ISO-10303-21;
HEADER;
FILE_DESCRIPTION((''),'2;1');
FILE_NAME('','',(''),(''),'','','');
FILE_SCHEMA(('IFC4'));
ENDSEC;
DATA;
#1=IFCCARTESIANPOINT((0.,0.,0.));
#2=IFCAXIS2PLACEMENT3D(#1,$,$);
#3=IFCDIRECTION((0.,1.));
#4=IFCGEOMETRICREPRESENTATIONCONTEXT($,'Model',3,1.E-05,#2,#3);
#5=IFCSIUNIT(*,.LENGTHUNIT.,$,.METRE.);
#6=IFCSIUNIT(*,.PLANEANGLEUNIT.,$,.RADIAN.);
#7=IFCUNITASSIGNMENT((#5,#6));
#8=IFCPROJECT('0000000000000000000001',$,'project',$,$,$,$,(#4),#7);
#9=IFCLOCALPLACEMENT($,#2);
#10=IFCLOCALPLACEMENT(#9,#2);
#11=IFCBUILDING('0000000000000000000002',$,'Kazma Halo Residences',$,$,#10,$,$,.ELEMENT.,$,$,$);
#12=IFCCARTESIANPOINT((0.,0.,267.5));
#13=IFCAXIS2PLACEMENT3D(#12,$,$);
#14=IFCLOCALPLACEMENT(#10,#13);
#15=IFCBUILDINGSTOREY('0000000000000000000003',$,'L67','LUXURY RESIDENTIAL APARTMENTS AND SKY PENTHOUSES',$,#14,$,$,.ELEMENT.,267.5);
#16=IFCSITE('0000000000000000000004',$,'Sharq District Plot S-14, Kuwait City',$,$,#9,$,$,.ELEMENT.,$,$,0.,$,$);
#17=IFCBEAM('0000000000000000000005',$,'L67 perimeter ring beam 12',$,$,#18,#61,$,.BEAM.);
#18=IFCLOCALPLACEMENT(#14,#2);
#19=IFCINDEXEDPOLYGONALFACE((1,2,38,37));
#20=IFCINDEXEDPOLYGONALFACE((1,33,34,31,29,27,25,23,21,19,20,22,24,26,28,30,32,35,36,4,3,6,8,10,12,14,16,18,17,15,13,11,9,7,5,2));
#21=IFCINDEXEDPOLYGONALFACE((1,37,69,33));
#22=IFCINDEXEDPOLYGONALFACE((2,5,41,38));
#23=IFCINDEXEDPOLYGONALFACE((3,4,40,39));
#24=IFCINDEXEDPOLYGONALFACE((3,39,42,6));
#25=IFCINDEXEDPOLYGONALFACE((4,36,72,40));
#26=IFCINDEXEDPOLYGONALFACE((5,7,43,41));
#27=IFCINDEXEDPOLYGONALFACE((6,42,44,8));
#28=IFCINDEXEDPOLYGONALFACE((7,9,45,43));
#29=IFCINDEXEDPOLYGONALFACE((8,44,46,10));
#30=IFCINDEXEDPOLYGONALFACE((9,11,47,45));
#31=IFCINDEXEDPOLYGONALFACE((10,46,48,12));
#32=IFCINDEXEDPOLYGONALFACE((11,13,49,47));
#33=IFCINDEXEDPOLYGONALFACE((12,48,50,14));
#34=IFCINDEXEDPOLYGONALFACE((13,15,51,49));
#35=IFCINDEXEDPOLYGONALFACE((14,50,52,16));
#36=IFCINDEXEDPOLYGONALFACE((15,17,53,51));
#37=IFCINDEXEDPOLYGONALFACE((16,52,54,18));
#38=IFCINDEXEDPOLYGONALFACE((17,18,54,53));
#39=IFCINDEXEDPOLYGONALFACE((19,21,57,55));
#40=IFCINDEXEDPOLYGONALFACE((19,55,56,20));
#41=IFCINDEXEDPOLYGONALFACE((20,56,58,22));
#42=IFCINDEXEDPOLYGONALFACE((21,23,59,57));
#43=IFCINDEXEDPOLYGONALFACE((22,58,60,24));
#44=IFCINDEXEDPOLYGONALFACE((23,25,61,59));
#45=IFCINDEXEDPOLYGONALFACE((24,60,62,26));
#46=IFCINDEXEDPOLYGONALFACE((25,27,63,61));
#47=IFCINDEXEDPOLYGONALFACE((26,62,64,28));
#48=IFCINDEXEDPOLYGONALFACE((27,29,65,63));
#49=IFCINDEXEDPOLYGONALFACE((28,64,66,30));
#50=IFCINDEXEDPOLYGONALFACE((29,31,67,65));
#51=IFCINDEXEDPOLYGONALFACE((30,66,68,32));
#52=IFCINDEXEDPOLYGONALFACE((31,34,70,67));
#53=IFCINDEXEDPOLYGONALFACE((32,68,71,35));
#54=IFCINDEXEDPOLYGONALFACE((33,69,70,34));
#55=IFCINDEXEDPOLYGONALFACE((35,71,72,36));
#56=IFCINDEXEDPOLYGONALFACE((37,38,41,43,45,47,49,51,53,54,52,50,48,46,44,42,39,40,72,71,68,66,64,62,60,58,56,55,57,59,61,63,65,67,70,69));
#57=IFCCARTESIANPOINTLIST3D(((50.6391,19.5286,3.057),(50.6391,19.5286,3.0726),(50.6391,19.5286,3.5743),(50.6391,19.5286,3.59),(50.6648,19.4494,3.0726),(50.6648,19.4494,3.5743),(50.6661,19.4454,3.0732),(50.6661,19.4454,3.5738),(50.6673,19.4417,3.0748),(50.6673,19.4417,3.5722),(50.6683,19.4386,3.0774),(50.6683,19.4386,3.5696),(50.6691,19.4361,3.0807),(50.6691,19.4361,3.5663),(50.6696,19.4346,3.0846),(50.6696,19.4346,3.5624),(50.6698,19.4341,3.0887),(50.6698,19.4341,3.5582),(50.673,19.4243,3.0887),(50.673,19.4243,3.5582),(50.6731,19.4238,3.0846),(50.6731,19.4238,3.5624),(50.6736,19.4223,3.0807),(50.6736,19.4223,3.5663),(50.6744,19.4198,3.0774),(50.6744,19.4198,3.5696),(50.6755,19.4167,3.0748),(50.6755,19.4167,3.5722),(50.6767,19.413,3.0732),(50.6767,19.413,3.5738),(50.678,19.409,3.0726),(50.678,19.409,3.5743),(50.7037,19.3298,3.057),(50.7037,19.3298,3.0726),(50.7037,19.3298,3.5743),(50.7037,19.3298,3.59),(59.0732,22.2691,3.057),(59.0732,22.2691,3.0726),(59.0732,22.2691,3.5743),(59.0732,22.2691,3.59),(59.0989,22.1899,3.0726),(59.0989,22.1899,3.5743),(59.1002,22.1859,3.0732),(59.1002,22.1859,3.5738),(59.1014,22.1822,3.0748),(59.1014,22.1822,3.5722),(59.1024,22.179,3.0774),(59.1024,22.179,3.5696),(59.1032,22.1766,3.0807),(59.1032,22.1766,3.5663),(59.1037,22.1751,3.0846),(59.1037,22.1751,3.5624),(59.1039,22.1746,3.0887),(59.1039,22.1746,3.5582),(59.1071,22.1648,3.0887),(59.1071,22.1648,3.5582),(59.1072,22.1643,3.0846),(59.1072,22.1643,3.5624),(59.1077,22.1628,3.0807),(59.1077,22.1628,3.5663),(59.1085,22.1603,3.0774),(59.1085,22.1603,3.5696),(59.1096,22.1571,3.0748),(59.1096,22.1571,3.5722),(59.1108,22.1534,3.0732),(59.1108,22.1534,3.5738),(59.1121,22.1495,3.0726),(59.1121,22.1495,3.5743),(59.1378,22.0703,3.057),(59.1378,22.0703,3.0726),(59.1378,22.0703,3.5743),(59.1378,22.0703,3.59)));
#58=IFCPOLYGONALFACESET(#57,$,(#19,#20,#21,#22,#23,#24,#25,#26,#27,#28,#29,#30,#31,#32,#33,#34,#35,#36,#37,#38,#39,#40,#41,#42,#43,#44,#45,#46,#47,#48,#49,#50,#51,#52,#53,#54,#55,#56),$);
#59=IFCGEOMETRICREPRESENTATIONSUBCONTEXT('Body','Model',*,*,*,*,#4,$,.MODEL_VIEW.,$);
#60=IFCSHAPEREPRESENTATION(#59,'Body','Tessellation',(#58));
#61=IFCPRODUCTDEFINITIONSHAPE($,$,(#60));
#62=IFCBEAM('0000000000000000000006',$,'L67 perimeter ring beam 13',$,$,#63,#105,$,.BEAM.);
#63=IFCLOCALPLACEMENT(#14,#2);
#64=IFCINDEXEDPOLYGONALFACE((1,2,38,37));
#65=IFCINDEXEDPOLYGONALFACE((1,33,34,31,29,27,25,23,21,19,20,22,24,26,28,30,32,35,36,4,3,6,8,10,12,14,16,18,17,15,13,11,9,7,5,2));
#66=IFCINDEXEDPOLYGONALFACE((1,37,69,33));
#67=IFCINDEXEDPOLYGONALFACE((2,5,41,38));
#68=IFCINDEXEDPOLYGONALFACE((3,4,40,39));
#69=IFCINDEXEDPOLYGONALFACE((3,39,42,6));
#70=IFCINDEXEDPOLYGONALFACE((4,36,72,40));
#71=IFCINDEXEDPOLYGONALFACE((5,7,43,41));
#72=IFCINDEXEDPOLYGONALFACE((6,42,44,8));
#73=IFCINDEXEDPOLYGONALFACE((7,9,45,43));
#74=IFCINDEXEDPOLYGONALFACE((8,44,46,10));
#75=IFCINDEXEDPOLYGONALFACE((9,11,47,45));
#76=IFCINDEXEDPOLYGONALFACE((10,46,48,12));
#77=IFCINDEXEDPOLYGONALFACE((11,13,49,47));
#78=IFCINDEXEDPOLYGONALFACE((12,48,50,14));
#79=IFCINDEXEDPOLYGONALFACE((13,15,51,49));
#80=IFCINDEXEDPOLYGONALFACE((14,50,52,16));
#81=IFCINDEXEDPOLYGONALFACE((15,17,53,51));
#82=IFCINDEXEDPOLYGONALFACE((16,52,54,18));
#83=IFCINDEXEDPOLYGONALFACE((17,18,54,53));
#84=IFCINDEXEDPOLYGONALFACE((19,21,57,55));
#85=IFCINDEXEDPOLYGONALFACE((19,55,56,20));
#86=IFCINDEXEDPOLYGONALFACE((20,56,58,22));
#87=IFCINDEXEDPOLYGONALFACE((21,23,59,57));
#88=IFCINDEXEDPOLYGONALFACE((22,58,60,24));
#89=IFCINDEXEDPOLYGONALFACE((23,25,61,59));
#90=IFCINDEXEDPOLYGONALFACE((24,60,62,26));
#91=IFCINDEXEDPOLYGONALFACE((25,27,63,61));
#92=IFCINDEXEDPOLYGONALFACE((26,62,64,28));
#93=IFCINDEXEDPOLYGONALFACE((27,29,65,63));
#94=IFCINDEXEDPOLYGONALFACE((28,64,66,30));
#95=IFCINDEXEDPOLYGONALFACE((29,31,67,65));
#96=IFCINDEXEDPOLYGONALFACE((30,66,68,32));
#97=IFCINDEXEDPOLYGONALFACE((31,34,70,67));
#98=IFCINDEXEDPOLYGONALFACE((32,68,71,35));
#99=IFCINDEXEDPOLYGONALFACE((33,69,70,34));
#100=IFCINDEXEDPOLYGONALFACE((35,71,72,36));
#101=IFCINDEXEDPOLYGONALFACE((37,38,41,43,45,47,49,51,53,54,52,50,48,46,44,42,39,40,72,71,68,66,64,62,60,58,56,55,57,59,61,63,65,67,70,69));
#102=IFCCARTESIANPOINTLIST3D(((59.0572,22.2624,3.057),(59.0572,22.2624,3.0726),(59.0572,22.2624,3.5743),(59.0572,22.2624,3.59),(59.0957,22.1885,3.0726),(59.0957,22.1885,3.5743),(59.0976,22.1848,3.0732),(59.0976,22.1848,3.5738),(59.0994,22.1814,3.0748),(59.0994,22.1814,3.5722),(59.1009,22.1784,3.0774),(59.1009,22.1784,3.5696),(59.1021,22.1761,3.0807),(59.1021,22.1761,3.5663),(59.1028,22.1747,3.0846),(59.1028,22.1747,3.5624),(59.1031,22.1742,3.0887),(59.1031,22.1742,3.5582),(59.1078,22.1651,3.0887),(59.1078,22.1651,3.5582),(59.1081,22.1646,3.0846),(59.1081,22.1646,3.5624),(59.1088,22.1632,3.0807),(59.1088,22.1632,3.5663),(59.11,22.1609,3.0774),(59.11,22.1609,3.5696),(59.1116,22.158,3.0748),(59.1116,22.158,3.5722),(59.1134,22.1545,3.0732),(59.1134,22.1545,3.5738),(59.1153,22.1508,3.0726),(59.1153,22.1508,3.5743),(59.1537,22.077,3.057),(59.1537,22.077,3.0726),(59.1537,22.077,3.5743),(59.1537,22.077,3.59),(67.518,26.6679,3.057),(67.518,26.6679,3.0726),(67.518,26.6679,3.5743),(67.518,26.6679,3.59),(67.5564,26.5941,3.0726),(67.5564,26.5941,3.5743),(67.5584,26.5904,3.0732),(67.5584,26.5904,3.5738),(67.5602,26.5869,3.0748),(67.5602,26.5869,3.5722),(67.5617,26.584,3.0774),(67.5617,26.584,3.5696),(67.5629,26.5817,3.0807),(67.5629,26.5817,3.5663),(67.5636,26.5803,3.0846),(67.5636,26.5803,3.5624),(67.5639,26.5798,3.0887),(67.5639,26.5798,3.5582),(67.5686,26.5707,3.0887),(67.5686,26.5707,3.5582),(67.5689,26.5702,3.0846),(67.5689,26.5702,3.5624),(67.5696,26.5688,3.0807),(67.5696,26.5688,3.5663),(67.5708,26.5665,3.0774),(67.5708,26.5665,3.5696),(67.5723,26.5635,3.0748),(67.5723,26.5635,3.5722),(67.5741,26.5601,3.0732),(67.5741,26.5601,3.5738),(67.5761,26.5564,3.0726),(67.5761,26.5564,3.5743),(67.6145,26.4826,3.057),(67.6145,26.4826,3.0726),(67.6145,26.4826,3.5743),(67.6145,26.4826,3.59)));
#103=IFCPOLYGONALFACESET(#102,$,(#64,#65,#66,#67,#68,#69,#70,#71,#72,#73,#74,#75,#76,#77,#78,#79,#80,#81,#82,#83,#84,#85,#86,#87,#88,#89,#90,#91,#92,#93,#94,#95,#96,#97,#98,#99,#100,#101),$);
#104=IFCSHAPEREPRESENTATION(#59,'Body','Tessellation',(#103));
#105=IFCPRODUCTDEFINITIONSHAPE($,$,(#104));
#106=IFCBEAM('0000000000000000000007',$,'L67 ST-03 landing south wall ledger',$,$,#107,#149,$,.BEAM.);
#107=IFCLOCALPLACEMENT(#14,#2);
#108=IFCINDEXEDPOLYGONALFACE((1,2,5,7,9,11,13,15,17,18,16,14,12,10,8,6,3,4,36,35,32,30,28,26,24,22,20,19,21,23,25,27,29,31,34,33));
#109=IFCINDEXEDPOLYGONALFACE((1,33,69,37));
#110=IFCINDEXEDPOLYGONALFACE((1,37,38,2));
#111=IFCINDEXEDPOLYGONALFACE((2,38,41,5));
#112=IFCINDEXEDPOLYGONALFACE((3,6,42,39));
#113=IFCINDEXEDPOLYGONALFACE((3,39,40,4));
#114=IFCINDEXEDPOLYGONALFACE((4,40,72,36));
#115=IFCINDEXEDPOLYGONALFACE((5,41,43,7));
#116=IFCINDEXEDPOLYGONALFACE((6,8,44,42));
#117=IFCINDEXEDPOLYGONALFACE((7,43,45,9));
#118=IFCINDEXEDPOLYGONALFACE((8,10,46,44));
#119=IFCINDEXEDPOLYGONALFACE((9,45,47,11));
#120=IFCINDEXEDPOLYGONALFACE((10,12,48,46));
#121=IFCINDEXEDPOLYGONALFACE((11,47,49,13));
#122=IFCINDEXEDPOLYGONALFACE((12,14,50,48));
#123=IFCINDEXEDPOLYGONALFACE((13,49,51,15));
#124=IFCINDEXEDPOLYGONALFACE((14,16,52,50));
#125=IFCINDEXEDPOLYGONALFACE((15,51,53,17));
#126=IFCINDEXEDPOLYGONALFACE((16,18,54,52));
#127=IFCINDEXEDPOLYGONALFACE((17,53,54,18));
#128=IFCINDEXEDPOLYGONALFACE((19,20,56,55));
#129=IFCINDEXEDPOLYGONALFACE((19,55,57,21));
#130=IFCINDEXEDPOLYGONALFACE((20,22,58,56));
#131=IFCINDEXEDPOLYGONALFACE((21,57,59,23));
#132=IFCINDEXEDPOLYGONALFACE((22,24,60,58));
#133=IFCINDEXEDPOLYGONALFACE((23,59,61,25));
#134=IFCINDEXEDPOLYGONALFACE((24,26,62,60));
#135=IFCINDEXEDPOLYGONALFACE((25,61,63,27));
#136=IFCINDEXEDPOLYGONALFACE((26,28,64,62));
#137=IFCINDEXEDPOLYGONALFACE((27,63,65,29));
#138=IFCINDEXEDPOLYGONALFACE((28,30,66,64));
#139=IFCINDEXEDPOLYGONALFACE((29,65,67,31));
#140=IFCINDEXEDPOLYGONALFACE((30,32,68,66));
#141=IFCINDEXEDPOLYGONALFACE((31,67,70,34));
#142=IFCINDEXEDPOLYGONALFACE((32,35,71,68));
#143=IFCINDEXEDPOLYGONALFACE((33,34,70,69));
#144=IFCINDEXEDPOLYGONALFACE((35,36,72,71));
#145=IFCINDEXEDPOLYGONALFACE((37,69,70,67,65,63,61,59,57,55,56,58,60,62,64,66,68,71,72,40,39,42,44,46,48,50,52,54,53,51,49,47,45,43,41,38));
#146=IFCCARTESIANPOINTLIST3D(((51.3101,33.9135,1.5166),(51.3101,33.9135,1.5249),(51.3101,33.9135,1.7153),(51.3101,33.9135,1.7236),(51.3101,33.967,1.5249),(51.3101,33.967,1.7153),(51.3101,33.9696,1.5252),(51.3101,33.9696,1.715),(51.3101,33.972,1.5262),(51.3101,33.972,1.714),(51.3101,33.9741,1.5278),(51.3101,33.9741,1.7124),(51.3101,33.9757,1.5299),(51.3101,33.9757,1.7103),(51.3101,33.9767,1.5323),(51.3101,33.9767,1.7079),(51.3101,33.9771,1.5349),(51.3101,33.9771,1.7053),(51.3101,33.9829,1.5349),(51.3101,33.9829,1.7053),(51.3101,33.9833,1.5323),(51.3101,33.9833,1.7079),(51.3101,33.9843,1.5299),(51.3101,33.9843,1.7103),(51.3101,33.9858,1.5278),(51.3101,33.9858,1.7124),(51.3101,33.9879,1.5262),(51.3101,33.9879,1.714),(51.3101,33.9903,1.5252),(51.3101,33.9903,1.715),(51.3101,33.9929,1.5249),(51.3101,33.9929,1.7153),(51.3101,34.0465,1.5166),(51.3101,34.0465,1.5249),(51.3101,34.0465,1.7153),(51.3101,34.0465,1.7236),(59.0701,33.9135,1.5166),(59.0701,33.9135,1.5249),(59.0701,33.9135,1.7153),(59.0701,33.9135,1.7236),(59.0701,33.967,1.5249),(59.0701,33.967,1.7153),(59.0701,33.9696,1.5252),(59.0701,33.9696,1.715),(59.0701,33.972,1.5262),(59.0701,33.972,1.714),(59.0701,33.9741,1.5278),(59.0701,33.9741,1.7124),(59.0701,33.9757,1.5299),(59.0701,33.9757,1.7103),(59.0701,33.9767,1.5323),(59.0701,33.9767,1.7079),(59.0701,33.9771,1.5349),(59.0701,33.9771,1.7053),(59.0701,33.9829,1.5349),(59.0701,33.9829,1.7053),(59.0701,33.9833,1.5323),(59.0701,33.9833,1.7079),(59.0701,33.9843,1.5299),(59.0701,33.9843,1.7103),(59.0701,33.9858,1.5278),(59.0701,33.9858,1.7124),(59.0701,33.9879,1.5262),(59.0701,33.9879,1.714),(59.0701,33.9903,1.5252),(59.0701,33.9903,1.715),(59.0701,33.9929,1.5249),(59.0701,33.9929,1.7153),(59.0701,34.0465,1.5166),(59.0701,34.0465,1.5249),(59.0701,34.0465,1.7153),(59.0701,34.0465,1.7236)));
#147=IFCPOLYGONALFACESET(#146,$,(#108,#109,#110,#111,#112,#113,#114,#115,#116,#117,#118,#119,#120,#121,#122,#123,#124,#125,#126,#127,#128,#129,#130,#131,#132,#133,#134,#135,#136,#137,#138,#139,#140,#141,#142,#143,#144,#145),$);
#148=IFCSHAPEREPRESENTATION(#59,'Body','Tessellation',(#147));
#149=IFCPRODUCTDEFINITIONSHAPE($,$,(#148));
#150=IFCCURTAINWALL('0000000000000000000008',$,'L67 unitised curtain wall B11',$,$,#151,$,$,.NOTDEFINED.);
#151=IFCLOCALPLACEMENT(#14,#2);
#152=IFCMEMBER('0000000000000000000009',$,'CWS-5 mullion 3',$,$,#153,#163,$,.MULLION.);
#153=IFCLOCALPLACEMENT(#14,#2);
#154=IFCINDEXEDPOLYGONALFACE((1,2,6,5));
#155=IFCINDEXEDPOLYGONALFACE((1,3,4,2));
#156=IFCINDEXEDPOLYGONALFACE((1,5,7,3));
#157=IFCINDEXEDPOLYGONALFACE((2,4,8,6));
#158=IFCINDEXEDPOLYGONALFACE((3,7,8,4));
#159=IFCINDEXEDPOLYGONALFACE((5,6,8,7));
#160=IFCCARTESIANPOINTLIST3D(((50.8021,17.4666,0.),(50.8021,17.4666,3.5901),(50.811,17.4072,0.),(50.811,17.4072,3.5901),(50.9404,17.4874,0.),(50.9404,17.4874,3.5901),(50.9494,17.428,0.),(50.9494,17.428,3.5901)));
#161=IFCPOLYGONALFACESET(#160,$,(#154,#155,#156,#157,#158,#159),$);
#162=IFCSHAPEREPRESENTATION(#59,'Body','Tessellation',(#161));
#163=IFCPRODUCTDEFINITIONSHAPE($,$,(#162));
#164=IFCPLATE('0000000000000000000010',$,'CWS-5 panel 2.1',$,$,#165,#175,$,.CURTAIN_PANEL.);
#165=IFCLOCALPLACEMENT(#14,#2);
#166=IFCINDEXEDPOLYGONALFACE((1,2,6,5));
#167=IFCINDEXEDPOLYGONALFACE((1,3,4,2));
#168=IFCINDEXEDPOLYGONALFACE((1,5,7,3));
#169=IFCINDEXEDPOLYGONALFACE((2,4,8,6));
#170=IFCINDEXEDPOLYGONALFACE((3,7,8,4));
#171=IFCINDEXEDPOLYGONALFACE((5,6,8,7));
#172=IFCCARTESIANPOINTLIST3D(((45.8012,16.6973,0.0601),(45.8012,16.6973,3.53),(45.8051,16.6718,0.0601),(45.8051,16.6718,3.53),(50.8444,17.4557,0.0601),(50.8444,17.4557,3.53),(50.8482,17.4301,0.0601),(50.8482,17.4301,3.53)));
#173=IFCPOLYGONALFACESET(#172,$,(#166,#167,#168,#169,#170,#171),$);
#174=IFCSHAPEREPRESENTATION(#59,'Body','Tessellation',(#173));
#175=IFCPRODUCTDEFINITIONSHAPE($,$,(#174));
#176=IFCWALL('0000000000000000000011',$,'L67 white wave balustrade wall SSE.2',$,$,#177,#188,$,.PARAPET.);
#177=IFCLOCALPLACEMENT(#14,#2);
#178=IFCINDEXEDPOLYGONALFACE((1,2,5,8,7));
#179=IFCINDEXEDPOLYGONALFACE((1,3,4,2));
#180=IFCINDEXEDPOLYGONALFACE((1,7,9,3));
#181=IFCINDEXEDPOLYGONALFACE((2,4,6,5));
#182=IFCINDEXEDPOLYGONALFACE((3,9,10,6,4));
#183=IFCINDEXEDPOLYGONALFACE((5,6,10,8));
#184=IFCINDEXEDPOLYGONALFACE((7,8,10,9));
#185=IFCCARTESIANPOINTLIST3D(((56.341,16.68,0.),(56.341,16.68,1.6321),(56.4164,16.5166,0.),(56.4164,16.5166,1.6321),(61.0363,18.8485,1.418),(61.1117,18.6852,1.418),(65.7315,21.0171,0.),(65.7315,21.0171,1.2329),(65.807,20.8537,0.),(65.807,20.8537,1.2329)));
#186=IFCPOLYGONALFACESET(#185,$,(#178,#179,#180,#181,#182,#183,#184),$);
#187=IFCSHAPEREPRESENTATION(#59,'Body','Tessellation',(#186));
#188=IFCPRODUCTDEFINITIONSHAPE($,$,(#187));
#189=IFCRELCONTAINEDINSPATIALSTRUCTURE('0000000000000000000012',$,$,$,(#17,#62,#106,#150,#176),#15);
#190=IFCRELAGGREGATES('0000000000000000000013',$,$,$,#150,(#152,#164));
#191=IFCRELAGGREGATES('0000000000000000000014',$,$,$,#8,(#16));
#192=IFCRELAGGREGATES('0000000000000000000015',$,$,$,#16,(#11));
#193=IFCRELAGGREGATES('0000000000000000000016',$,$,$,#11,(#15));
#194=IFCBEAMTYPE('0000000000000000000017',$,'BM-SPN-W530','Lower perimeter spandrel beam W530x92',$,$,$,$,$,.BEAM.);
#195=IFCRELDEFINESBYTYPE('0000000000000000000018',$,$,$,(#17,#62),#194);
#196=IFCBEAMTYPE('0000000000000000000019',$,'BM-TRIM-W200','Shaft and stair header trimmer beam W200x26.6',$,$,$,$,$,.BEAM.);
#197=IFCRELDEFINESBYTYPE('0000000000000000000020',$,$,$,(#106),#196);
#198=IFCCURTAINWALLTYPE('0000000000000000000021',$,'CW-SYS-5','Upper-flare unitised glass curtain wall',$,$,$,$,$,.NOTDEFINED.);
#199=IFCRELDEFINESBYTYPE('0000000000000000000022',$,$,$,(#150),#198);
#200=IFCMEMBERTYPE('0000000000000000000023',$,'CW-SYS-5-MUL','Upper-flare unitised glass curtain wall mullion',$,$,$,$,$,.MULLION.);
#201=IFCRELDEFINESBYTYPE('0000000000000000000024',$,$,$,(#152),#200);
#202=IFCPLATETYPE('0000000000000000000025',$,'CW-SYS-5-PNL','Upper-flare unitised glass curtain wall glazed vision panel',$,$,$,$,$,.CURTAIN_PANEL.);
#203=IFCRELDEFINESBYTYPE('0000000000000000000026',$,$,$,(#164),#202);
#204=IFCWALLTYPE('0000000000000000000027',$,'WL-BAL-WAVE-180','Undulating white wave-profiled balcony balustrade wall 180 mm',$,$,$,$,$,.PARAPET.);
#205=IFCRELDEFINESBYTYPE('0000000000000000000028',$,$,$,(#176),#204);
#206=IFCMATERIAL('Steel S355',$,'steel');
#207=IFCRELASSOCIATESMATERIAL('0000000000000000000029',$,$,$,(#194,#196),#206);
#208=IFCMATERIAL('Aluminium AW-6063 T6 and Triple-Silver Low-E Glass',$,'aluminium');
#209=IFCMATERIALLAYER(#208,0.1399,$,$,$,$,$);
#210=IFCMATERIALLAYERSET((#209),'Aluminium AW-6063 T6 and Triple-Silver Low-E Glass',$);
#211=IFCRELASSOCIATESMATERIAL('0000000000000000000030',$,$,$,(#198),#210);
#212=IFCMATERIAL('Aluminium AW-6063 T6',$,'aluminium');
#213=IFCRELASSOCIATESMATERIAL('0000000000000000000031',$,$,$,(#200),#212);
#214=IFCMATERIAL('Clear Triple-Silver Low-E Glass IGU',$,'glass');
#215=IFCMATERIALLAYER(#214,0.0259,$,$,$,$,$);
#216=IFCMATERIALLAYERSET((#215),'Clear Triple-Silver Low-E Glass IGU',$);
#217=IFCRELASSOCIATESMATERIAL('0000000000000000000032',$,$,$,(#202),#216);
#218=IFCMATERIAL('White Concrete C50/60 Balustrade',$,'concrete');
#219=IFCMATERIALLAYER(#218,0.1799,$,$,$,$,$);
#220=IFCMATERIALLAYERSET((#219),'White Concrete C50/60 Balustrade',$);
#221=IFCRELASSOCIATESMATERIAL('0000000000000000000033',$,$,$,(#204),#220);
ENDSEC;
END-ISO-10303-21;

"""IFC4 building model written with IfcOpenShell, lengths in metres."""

from ifc_helpers import new_model, si_unit, direction, frame, origin, origin_2d, place, context, subcontext, project, spatial, polyline, rectangle, i_section, outline, extrude, material, layer, layer_set, material_profile, profile_set, type_object, element, aggregate, save


model = new_model("IFC4")

# Units and contexts
model_context = context("Model", 3, precision=1e-05, world=origin(), true_north=direction((0.0, 1.0)))
body_context = subcontext(model_context, "Body", "Model", "MODEL_VIEW")
ifc_project = project(units=[si_unit("LENGTHUNIT", "METRE"), si_unit("PLANEANGLEUNIT", "RADIAN")], contexts=[model_context])

# Site, building, storey
site_placement = place(None, origin())
site = spatial("IfcSite", under=ifc_project, at=site_placement, Name="Sharq District Plot S-14, Kuwait City", CompositionType="ELEMENT", RefElevation=0.0)
building_placement = place(site_placement, origin())
building = spatial("IfcBuilding", under=site, at=building_placement, Name="Kazma Halo Residences", CompositionType="ELEMENT")
storey_placement = place(building_placement, frame((0.0, 0.0, 267.5)))
storey = spatial("IfcBuildingStorey", under=building, at=storey_placement, Name="L67", Description="LUXURY RESIDENTIAL APARTMENTS AND SKY PENTHOUSES", CompositionType="ELEMENT", Elevation=267.5)

# Beams
ifc_material_1 = material(Name="Steel S355", Category="steel")
ifc_material_profile_1 = material_profile(ifc_material_1, i_section(OverallWidth=0.209, OverallDepth=0.533, WebThickness=0.0103, FlangeThickness=0.0156, FilletRadius=0.0161, at=origin_2d()), Name="W530x92")
ifc_profile_set_1 = profile_set([ifc_material_profile_1], Name="Steel S355")
beam_type_1 = type_object("IfcBeamType", Name="BM-SPN-W530", Description="Lower perimeter spandrel beam W530x92", PredefinedType="BEAM", material=ifc_profile_set_1)
beam_1_placement = place(storey_placement, frame((50.6714, 19.4292, 3.3235), z_axis=(0.951054, 0.309025, 0.0), x_axis=(-0.309025, 0.951054, 0.0)))
element("IfcBeam", 1, at=beam_1_placement, inside=storey, type_object=beam_type_1, Name="L67 perimeter ring beam 12", PredefinedType="BEAM", context=body_context, shape_type="SweptSolid", body=[
    extrude(i_section(OverallWidth=0.209, OverallDepth=0.533, WebThickness=0.0103, FlangeThickness=0.0156, FilletRadius=0.0161, at=origin_2d()), origin(), (0.0, 0.0, 1.0), 8.8682),
])
beam_2_placement = place(storey_placement, frame((59.1055, 22.1697, 3.3235), z_axis=(0.886961, 0.461844, 0.0), x_axis=(-0.461844, 0.886961, 0.0)))
element("IfcBeam", 2, at=beam_2_placement, inside=storey, type_object=beam_type_1, Name="L67 perimeter ring beam 13", PredefinedType="BEAM", context=body_context, shape_type="SweptSolid", body=[
    extrude(i_section(OverallWidth=0.209, OverallDepth=0.533, WebThickness=0.0103, FlangeThickness=0.0156, FilletRadius=0.0161, at=origin_2d()), origin(), (0.0, 0.0, 1.0), 9.5391),
])
ifc_material_profile_2 = material_profile(ifc_material_1, i_section(OverallWidth=0.1331, OverallDepth=0.207, WebThickness=0.0059, FlangeThickness=0.0083, FilletRadius=0.01, at=origin_2d()), Name="W200x26.6")
ifc_profile_set_2 = profile_set([ifc_material_profile_2], Name="Steel S355")
beam_type_2 = type_object("IfcBeamType", Name="BM-TRIM-W200", Description="Shaft and stair header trimmer beam W200x26.6", PredefinedType="BEAM", material=ifc_profile_set_2)
beam_3_placement = place(storey_placement, frame((51.3101, 33.98, 1.6201), z_axis=(1.0, 0.0, 0.0), x_axis=(0.0, 1.0, 0.0)))
element("IfcBeam", 3, at=beam_3_placement, inside=storey, type_object=beam_type_2, Name="L67 ST-03 landing south wall ledger", PredefinedType="BEAM", context=body_context, shape_type="SweptSolid", body=[
    extrude(i_section(OverallWidth=0.1331, OverallDepth=0.207, WebThickness=0.0059, FlangeThickness=0.0083, FilletRadius=0.01, at=origin_2d()), origin(), (0.0, 0.0, 1.0), 7.76),
])

# Curtain wall, member, plate
ifc_material_2 = material(Name="Aluminium AW-6063 T6 and Triple-Silver Low-E Glass", Category="aluminium")
ifc_layer_1 = layer(ifc_material_2, 0.1399)
ifc_layer_set_1 = layer_set([ifc_layer_1], Name="Aluminium AW-6063 T6 and Triple-Silver Low-E Glass")
curtain_wall_type = type_object("IfcCurtainWallType", Name="CW-SYS-5", Description="Upper-flare unitised glass curtain wall", PredefinedType="NOTDEFINED", material=ifc_layer_set_1)
curtain_wall_placement = place(storey_placement, origin())
curtain_wall = element("IfcCurtainWall", 4, at=curtain_wall_placement, inside=storey, type_object=curtain_wall_type, Name="L67 unitised curtain wall B11", PredefinedType="NOTDEFINED")
ifc_material_3 = material(Name="Aluminium AW-6063 T6", Category="aluminium")
ifc_material_profile_3 = material_profile(ifc_material_3, rectangle(XDim=0.0601, YDim=0.1399, at=origin_2d()), Name="CWM-60x140")
ifc_profile_set_3 = profile_set([ifc_material_profile_3], Name="Aluminium AW-6063 T6")
member_type = type_object("IfcMemberType", Name="CW-SYS-5-MUL", Description="Upper-flare unitised glass curtain wall mullion", PredefinedType="MULLION", material=ifc_profile_set_3)
member_placement = place(storey_placement, frame((50.8757, 17.4473, 0.0), z_axis=(0.0, 0.0, 1.0), x_axis=(-0.148697, 0.988883, 0.0)))
member = element("IfcMember", 5, at=member_placement, type_object=member_type, Name="CWS-5 mullion 3", PredefinedType="MULLION", context=body_context, shape_type="SweptSolid", body=[
    extrude(rectangle(XDim=0.0601, YDim=0.1399, at=origin_2d()), origin(), (0.0, 0.0, 1.0), 3.5901),
])
ifc_material_4 = material(Name="Clear Triple-Silver Low-E Glass IGU", Category="glass")
ifc_layer_2 = layer(ifc_material_4, 0.0259)
ifc_layer_set_2 = layer_set([ifc_layer_2], Name="Clear Triple-Silver Low-E Glass IGU")
plate_type = type_object("IfcPlateType", Name="CW-SYS-5-PNL", Description="Upper-flare unitised glass curtain wall glazed vision panel", PredefinedType="CURTAIN_PANEL", material=ifc_layer_set_2)
plate_placement = place(storey_placement, frame((48.3247, 17.0637, 0.0601), z_axis=(0.0, 0.0, 1.0), x_axis=(0.988883, 0.148697, 0.0)))
plate = element("IfcPlate", 6, at=plate_placement, type_object=plate_type, Name="CWS-5 panel 2.1", PredefinedType="CURTAIN_PANEL", context=body_context, shape_type="SweptSolid", body=[
    extrude(rectangle(XDim=5.0999, YDim=0.0259, at=origin_2d()), origin(), (0.0, 0.0, 1.0), 3.47),
])
aggregate(curtain_wall, [member, plate])

# Wall
ifc_material_5 = material(Name="White Concrete C50/60 Balustrade", Category="concrete")
ifc_layer_3 = layer(ifc_material_5, 0.1799)
ifc_layer_set_3 = layer_set([ifc_layer_3], Name="White Concrete C50/60 Balustrade")
wall_type_1 = type_object("IfcWallType", Name="WL-BAL-WAVE-180", Description="Undulating white wave-profiled balcony balustrade wall 180 mm", PredefinedType="PARAPET", material=ifc_layer_set_3)
wall_1_placement = place(storey_placement, frame((56.3787, 16.5984, 0.0), z_axis=(0.0, 0.0, 1.0), x_axis=(0.907848, 0.419299, 0.0)))
element("IfcWall", 7, at=wall_1_placement, inside=storey, type_object=wall_type_1, Name="L67 white wave balustrade wall SSE.2", PredefinedType="PARAPET", context=body_context, shape_type="SweptSolid", body=[
    extrude(outline(polyline([(0.0, 0.0), (10.3438, 0.0), (10.3438, 1.2329), (5.1719, 1.418), (0.0, 1.6321), (0.0, 0.0)])), frame((0.0, 0.0898, 0.0), z_axis=(0.0, -1.0, 0.0), x_axis=(1.0, 0.0, 0.0)), (0.0, 0.0, 1.0), 0.1799),
])

save(model, "model.ifc")
